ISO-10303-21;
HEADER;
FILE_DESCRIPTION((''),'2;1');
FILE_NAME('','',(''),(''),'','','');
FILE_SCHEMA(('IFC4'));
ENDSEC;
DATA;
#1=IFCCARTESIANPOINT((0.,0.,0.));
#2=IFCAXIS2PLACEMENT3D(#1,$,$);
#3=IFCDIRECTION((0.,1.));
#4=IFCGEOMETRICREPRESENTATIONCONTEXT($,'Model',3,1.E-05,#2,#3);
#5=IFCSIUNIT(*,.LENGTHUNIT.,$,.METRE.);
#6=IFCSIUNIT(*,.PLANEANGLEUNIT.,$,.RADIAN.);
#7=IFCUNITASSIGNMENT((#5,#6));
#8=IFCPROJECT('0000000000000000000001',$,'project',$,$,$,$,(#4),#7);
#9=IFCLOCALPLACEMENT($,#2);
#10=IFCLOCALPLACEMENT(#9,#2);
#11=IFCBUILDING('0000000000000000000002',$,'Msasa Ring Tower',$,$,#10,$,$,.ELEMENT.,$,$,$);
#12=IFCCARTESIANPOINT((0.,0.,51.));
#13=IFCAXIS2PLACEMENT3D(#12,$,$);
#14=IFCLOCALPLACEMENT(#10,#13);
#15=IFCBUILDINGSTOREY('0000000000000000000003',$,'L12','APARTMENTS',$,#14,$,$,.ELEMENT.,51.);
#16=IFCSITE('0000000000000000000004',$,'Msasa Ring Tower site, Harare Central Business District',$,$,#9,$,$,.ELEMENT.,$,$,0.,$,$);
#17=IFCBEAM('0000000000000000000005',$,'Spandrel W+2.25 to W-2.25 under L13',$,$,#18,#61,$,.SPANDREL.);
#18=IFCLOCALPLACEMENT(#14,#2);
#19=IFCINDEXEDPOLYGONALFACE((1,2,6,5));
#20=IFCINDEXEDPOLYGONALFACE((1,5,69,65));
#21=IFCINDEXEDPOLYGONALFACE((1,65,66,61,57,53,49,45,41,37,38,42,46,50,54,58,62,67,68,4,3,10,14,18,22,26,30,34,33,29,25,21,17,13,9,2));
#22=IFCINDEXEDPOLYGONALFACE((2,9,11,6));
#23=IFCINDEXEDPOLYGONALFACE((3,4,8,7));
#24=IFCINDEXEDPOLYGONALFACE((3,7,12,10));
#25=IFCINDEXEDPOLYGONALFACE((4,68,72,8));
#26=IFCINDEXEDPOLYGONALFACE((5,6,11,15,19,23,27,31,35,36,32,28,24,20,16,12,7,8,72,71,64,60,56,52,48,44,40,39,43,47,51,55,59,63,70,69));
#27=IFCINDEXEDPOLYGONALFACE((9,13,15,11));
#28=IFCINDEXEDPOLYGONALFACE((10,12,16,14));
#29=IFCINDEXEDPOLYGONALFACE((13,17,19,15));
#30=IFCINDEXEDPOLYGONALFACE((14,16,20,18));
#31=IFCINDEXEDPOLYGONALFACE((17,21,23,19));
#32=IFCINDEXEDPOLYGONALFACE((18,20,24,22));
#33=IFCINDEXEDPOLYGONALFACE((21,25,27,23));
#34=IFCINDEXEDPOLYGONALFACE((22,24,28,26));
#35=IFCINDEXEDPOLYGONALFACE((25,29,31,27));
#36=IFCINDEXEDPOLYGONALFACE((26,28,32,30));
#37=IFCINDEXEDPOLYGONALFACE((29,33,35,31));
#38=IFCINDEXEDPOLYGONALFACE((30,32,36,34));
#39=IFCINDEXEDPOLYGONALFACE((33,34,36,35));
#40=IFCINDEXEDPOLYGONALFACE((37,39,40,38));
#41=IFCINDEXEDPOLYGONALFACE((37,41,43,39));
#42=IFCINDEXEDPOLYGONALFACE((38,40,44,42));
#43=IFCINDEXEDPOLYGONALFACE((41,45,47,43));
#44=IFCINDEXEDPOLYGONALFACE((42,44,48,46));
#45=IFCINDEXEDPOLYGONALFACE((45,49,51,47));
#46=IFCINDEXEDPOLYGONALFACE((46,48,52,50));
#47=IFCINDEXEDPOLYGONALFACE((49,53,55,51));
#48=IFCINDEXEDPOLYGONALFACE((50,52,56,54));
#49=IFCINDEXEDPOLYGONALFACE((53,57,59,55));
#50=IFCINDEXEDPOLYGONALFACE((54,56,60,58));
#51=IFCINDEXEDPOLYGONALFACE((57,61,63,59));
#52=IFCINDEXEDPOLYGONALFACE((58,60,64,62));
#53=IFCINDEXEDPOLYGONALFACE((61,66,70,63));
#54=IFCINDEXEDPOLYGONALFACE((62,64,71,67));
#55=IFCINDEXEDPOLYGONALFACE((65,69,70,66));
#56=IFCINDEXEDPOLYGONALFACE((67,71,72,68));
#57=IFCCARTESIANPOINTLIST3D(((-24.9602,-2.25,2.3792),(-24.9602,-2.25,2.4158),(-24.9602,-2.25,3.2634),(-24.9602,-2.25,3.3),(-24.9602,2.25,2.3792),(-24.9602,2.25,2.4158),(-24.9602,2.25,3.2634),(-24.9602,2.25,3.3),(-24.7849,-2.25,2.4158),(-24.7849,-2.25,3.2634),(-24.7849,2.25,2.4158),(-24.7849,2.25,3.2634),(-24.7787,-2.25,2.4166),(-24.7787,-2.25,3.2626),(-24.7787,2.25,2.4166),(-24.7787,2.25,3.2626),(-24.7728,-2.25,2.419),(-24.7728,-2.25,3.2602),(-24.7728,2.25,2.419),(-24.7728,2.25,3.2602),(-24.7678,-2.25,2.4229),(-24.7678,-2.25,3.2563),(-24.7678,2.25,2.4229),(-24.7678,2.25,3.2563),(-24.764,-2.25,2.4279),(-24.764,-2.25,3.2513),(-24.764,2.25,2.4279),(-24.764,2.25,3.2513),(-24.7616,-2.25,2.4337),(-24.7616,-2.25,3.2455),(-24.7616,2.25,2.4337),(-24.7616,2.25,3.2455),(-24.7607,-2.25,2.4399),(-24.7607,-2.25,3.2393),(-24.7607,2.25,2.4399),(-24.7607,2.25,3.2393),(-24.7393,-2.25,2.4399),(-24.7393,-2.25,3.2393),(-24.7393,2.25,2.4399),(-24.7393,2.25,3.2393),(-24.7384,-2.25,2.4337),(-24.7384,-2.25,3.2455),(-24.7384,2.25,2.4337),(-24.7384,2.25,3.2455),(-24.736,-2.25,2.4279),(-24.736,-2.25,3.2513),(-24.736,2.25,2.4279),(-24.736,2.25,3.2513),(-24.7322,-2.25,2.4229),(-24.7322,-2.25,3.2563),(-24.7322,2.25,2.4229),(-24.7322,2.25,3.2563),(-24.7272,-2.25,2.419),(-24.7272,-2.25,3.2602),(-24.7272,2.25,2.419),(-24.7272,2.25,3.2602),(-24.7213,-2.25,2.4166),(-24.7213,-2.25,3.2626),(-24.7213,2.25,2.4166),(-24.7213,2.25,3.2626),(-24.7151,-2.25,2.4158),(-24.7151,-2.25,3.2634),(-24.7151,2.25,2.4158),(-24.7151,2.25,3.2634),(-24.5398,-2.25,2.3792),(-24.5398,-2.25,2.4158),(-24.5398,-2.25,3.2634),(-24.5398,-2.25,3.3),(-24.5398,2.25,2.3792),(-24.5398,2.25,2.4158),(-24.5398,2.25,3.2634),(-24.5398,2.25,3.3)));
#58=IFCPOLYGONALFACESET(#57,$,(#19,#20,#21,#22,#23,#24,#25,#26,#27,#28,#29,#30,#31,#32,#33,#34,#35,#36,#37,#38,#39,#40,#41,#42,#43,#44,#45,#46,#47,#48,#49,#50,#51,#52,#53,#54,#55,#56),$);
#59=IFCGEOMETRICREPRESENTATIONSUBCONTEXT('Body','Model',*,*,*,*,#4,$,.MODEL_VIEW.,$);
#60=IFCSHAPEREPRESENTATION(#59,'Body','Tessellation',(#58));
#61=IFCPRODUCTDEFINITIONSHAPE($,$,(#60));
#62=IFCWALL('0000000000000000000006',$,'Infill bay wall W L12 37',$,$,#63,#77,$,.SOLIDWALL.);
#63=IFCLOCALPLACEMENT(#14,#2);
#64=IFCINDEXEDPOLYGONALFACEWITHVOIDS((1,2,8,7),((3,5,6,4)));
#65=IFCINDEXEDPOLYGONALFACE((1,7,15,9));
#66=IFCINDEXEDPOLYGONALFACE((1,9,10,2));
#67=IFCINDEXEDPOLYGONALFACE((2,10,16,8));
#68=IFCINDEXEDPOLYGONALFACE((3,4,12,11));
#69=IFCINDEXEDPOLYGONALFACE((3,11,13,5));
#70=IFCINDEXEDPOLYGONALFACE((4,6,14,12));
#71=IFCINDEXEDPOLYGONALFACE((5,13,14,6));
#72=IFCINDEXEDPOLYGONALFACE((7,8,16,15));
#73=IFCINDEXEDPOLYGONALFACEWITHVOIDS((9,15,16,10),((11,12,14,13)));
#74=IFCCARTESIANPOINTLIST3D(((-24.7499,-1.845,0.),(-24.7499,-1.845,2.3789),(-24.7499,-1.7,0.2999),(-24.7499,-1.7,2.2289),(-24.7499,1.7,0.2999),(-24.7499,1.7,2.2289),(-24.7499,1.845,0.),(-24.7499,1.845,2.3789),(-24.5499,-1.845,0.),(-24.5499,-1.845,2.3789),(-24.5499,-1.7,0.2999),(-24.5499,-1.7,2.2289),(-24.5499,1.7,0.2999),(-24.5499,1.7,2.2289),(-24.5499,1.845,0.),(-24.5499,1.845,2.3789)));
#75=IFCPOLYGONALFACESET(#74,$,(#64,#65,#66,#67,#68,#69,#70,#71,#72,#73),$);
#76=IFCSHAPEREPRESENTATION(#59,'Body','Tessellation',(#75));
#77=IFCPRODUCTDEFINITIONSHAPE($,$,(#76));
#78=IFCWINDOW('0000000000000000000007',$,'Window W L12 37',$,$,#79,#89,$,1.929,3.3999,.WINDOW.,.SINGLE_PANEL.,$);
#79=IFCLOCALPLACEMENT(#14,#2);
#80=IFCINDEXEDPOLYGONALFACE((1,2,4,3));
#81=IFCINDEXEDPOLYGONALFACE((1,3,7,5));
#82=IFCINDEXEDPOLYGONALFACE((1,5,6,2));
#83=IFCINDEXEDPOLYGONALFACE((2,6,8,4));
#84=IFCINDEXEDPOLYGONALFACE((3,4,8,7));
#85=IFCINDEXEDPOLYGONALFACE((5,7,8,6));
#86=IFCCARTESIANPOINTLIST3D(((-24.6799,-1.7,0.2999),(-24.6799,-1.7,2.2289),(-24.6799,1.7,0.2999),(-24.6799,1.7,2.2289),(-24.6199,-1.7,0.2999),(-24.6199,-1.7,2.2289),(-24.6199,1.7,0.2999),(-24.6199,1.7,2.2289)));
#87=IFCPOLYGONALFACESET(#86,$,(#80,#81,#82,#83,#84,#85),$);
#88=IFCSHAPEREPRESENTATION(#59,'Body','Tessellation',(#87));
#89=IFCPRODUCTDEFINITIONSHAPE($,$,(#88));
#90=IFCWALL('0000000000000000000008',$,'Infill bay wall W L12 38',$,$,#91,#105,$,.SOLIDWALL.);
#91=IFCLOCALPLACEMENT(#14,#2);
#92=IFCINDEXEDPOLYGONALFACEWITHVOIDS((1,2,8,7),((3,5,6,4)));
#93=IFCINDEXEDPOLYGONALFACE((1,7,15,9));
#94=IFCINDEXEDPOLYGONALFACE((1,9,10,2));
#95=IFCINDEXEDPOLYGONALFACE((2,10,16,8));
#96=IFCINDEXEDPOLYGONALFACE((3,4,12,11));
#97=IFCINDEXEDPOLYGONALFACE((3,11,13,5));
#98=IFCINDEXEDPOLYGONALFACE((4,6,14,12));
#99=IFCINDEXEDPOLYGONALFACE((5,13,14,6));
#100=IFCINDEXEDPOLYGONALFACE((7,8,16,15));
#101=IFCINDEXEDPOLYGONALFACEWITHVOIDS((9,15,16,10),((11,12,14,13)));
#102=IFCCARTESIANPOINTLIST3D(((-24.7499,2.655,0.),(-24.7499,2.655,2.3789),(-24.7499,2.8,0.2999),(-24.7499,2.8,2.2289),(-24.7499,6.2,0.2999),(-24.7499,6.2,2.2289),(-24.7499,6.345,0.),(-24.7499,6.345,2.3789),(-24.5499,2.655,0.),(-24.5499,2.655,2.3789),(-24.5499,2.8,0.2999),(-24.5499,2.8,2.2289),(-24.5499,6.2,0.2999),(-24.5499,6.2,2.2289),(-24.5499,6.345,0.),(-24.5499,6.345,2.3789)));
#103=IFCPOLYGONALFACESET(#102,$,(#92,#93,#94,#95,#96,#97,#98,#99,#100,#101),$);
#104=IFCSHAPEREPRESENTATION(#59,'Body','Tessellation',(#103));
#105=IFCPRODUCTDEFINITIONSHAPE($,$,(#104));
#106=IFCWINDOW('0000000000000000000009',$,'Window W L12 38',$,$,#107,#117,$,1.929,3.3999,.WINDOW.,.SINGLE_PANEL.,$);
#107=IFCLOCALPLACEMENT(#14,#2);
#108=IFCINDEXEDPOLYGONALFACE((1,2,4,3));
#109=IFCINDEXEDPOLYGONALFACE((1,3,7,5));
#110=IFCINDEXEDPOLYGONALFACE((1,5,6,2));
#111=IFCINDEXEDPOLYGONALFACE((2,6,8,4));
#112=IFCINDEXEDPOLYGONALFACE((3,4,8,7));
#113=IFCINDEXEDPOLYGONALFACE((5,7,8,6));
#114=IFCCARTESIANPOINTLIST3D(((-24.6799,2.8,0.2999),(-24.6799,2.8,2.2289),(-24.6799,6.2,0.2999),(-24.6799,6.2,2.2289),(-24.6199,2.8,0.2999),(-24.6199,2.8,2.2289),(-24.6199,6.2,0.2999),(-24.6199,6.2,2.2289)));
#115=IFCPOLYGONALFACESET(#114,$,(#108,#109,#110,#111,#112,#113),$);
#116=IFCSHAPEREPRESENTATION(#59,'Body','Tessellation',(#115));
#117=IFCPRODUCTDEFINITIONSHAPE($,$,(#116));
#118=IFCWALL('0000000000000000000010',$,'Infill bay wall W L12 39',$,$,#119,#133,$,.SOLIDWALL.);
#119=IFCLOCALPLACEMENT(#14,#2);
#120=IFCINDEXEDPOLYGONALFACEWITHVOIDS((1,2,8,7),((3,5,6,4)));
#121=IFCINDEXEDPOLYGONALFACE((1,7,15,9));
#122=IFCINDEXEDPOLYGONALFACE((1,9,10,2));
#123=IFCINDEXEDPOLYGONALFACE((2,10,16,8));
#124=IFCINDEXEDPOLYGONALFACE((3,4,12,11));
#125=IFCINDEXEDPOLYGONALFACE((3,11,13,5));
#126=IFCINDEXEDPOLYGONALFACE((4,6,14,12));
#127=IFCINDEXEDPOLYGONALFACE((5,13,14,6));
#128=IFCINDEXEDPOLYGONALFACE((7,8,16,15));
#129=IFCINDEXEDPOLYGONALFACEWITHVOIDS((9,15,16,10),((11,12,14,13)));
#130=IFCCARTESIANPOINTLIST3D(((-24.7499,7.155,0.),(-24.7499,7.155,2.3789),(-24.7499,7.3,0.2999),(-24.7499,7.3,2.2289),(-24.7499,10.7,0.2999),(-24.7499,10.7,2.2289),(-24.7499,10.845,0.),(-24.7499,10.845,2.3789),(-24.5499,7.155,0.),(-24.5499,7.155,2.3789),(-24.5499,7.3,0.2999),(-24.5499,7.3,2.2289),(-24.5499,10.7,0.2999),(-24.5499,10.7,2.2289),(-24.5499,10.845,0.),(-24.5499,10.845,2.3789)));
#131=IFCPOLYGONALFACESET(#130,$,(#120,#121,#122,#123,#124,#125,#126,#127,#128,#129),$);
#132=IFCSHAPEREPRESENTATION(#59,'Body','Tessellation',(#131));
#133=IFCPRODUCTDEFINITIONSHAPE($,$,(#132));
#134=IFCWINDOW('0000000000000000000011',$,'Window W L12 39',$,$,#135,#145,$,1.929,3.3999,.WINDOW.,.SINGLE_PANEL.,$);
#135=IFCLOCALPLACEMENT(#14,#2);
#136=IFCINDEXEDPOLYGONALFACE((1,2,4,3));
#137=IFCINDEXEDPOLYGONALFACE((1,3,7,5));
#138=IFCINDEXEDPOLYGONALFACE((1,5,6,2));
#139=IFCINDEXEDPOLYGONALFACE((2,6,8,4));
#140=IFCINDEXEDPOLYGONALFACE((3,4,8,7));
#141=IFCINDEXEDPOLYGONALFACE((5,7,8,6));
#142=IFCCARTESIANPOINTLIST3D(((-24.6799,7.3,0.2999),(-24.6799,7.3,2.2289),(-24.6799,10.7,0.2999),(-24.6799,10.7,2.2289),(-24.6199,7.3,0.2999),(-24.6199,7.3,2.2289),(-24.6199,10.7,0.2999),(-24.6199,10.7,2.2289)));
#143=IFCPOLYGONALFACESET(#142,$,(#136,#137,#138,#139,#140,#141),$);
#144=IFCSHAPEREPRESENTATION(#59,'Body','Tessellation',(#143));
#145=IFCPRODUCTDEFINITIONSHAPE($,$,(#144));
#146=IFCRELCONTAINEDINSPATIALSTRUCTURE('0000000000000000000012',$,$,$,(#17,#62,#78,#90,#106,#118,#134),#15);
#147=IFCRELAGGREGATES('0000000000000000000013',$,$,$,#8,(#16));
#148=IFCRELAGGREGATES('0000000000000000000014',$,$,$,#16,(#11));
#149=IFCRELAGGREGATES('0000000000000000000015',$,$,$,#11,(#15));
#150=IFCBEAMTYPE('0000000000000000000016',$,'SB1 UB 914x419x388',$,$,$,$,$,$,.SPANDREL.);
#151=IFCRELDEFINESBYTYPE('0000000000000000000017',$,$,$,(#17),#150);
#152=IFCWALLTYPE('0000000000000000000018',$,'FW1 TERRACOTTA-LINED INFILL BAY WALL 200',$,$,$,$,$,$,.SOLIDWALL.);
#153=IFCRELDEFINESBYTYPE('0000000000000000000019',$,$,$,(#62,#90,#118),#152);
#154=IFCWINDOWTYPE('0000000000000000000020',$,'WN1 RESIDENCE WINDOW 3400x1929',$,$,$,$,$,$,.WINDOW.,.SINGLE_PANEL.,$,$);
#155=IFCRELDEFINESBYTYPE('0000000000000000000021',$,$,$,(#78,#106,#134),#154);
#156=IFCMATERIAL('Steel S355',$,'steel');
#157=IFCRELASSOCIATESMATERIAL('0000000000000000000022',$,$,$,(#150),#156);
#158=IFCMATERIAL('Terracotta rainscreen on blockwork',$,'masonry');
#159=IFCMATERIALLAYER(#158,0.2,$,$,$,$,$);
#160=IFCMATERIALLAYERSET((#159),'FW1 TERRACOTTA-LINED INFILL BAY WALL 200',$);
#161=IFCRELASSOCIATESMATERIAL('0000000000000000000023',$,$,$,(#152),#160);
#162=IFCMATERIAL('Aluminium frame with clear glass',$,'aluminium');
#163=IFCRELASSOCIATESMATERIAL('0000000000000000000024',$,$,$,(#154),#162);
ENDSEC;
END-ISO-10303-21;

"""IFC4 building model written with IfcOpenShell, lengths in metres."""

from ifc_helpers import new_model, si_unit, direction, frame, frame_2d, origin, origin_2d, place, context, subcontext, project, spatial, rectangle, i_section, extrude, material, layer, layer_set, material_profile, profile_set, type_object, element, fill, save


model = new_model("IFC4")

# Units and contexts
model_context = context("Model", 3, precision=1e-05, world=origin(), true_north=direction((0.0, 1.0)))
body_context = subcontext(model_context, "Body", "Model", "MODEL_VIEW")
ifc_project = project(units=[si_unit("LENGTHUNIT", "METRE"), si_unit("PLANEANGLEUNIT", "RADIAN")], contexts=[model_context])

# Site, building, storey
site_placement = place(None, origin())
site = spatial("IfcSite", under=ifc_project, at=site_placement, Name="Msasa Ring Tower site, Harare Central Business District", CompositionType="ELEMENT", RefElevation=0.0)
building_placement = place(site_placement, origin())
building = spatial("IfcBuilding", under=site, at=building_placement, Name="Msasa Ring Tower", CompositionType="ELEMENT")
storey_placement = place(building_placement, frame((0.0, 0.0, 51.0)))
storey = spatial("IfcBuildingStorey", under=building, at=storey_placement, Name="L12", Description="APARTMENTS", CompositionType="ELEMENT", Elevation=51.0)

# Beam
ifc_material_1 = material(Name="Steel S355", Category="steel")
ifc_material_profile_1 = material_profile(ifc_material_1, i_section(OverallWidth=0.4204, OverallDepth=0.9209, WebThickness=0.0215, FlangeThickness=0.0366, FilletRadius=0.0242, at=origin_2d()), Name="UB 914x419x388")
ifc_profile_set_1 = profile_set([ifc_material_profile_1], Name="Steel S355")
beam_type_1 = type_object("IfcBeamType", Name="SB1 UB 914x419x388", PredefinedType="SPANDREL", material=ifc_profile_set_1)
for number, where, z_axis, x_axis, name in (
    (1, (-24.75, 2.25, 2.8396), (0.0, -1.0, 0.0), (1.0, 0.0, 0.0), "Spandrel W+2.25 to W-2.25 under L13"),
):
    element("IfcBeam", number, at=place(storey_placement, frame(where, z_axis=z_axis, x_axis=x_axis)), inside=storey, type_object=beam_type_1, Name=name, PredefinedType="SPANDREL", context=body_context, shape_type="SweptSolid", body=[
        extrude(i_section(OverallWidth=0.4204, OverallDepth=0.9209, WebThickness=0.0215, FlangeThickness=0.0366, FilletRadius=0.0242, at=origin_2d()), origin(), (0.0, 0.0, 1.0), 4.5),
    ])

# Walls, openings, windows
ifc_material_2 = material(Name="Terracotta rainscreen on blockwork", Category="masonry")
ifc_layer_1 = layer(ifc_material_2, 0.2)
ifc_layer_set_1 = layer_set([ifc_layer_1], Name="FW1 TERRACOTTA-LINED INFILL BAY WALL 200")
wall_type_1 = type_object("IfcWallType", Name="FW1 TERRACOTTA-LINED INFILL BAY WALL 200", PredefinedType="SOLIDWALL", material=ifc_layer_set_1)
wall_1_placement = place(storey_placement, frame((-24.6499, -1.845, 0.0), z_axis=(0.0, 0.0, 1.0), x_axis=(0.0, 1.0, 0.0)))
wall_1 = element("IfcWall", 2, at=wall_1_placement, inside=storey, type_object=wall_type_1, Name="Infill bay wall W L12 37", PredefinedType="SOLIDWALL", context=body_context, shape_type="SweptSolid", body=[
    extrude(rectangle(XDim=3.6899, YDim=0.2, at=frame_2d((1.845, 0.0))), origin(), (0.0, 0.0, 1.0), 2.3789),
])
opening_1_placement = place(wall_1_placement, frame((0.145, 0.0, 0.3)))
opening_1 = element("IfcOpeningElement", 3, at=opening_1_placement, cuts=wall_1, PredefinedType="OPENING", context=body_context, shape_type="SweptSolid", body=[
    extrude(rectangle(XDim=3.3999, YDim=1.929, at=frame_2d((1.7, 0.9644))), frame((0.0, 0.1099, 0.0), z_axis=(0.0, -1.0, 0.0), x_axis=(1.0, 0.0, 0.0)), (0.0, 0.0, 1.0), 0.22),
])
ifc_material_3 = material(Name="Aluminium frame with clear glass", Category="aluminium")
window_type = type_object("IfcWindowType", Name="WN1 RESIDENCE WINDOW 3400x1929", PartitioningType="SINGLE_PANEL", PredefinedType="WINDOW", material=ifc_material_3)
window_1_placement = place(opening_1_placement, origin())
window_1 = element("IfcWindow", 4, at=window_1_placement, inside=storey, type_object=window_type, Name="Window W L12 37", OverallHeight=1.929, OverallWidth=3.3999, PartitioningType="SINGLE_PANEL", PredefinedType="WINDOW", context=body_context, shape_type="SweptSolid", body=[
    extrude(rectangle(XDim=3.3999, YDim=1.929, at=frame_2d((1.7, 0.9644))), frame((0.0, 0.03, 0.0), z_axis=(0.0, -1.0, 0.0), x_axis=(1.0, 0.0, 0.0)), (0.0, 0.0, 1.0), 0.0601),
])
fill(opening_1, window_1)
wall_2_placement = place(storey_placement, frame((-24.6499, 2.655, 0.0), z_axis=(0.0, 0.0, 1.0), x_axis=(0.0, 1.0, 0.0)))
wall_2 = element("IfcWall", 5, at=wall_2_placement, inside=storey, type_object=wall_type_1, Name="Infill bay wall W L12 38", PredefinedType="SOLIDWALL", context=body_context, shape_type="SweptSolid", body=[
    extrude(rectangle(XDim=3.6899, YDim=0.2, at=frame_2d((1.845, 0.0))), origin(), (0.0, 0.0, 1.0), 2.3789),
])
opening_2_placement = place(wall_2_placement, frame((0.145, 0.0, 0.3)))
opening_2 = element("IfcOpeningElement", 6, at=opening_2_placement, cuts=wall_2, PredefinedType="OPENING", context=body_context, shape_type="SweptSolid", body=[
    extrude(rectangle(XDim=3.3999, YDim=1.929, at=frame_2d((1.7, 0.9644))), frame((0.0, 0.1099, 0.0), z_axis=(0.0, -1.0, 0.0), x_axis=(1.0, 0.0, 0.0)), (0.0, 0.0, 1.0), 0.22),
])
window_2_placement = place(opening_2_placement, origin())
window_2 = element("IfcWindow", 7, at=window_2_placement, inside=storey, type_object=window_type, Name="Window W L12 38", OverallHeight=1.929, OverallWidth=3.3999, PartitioningType="SINGLE_PANEL", PredefinedType="WINDOW", context=body_context, shape_type="SweptSolid", body=[
    extrude(rectangle(XDim=3.3999, YDim=1.929, at=frame_2d((1.7, 0.9644))), frame((0.0, 0.03, 0.0), z_axis=(0.0, -1.0, 0.0), x_axis=(1.0, 0.0, 0.0)), (0.0, 0.0, 1.0), 0.0601),
])
fill(opening_2, window_2)
wall_3_placement = place(storey_placement, frame((-24.6499, 7.155, 0.0), z_axis=(0.0, 0.0, 1.0), x_axis=(0.0, 1.0, 0.0)))
wall_3 = element("IfcWall", 8, at=wall_3_placement, inside=storey, type_object=wall_type_1, Name="Infill bay wall W L12 39", PredefinedType="SOLIDWALL", context=body_context, shape_type="SweptSolid", body=[
    extrude(rectangle(XDim=3.6899, YDim=0.2, at=frame_2d((1.845, 0.0))), origin(), (0.0, 0.0, 1.0), 2.3789),
])
opening_3_placement = place(wall_3_placement, frame((0.145, 0.0, 0.3)))
opening_3 = element("IfcOpeningElement", 9, at=opening_3_placement, cuts=wall_3, PredefinedType="OPENING", context=body_context, shape_type="SweptSolid", body=[
    extrude(rectangle(XDim=3.3999, YDim=1.929, at=frame_2d((1.7, 0.9644))), frame((0.0, 0.1099, 0.0), z_axis=(0.0, -1.0, 0.0), x_axis=(1.0, 0.0, 0.0)), (0.0, 0.0, 1.0), 0.22),
])
window_3_placement = place(opening_3_placement, origin())
window_3 = element("IfcWindow", 10, at=window_3_placement, inside=storey, type_object=window_type, Name="Window W L12 39", OverallHeight=1.929, OverallWidth=3.3999, PartitioningType="SINGLE_PANEL", PredefinedType="WINDOW", context=body_context, shape_type="SweptSolid", body=[
    extrude(rectangle(XDim=3.3999, YDim=1.929, at=frame_2d((1.7, 0.9644))), frame((0.0, 0.03, 0.0), z_axis=(0.0, -1.0, 0.0), x_axis=(1.0, 0.0, 0.0)), (0.0, 0.0, 1.0), 0.0601),
])
fill(opening_3, window_3)

save(model, "model.ifc")
